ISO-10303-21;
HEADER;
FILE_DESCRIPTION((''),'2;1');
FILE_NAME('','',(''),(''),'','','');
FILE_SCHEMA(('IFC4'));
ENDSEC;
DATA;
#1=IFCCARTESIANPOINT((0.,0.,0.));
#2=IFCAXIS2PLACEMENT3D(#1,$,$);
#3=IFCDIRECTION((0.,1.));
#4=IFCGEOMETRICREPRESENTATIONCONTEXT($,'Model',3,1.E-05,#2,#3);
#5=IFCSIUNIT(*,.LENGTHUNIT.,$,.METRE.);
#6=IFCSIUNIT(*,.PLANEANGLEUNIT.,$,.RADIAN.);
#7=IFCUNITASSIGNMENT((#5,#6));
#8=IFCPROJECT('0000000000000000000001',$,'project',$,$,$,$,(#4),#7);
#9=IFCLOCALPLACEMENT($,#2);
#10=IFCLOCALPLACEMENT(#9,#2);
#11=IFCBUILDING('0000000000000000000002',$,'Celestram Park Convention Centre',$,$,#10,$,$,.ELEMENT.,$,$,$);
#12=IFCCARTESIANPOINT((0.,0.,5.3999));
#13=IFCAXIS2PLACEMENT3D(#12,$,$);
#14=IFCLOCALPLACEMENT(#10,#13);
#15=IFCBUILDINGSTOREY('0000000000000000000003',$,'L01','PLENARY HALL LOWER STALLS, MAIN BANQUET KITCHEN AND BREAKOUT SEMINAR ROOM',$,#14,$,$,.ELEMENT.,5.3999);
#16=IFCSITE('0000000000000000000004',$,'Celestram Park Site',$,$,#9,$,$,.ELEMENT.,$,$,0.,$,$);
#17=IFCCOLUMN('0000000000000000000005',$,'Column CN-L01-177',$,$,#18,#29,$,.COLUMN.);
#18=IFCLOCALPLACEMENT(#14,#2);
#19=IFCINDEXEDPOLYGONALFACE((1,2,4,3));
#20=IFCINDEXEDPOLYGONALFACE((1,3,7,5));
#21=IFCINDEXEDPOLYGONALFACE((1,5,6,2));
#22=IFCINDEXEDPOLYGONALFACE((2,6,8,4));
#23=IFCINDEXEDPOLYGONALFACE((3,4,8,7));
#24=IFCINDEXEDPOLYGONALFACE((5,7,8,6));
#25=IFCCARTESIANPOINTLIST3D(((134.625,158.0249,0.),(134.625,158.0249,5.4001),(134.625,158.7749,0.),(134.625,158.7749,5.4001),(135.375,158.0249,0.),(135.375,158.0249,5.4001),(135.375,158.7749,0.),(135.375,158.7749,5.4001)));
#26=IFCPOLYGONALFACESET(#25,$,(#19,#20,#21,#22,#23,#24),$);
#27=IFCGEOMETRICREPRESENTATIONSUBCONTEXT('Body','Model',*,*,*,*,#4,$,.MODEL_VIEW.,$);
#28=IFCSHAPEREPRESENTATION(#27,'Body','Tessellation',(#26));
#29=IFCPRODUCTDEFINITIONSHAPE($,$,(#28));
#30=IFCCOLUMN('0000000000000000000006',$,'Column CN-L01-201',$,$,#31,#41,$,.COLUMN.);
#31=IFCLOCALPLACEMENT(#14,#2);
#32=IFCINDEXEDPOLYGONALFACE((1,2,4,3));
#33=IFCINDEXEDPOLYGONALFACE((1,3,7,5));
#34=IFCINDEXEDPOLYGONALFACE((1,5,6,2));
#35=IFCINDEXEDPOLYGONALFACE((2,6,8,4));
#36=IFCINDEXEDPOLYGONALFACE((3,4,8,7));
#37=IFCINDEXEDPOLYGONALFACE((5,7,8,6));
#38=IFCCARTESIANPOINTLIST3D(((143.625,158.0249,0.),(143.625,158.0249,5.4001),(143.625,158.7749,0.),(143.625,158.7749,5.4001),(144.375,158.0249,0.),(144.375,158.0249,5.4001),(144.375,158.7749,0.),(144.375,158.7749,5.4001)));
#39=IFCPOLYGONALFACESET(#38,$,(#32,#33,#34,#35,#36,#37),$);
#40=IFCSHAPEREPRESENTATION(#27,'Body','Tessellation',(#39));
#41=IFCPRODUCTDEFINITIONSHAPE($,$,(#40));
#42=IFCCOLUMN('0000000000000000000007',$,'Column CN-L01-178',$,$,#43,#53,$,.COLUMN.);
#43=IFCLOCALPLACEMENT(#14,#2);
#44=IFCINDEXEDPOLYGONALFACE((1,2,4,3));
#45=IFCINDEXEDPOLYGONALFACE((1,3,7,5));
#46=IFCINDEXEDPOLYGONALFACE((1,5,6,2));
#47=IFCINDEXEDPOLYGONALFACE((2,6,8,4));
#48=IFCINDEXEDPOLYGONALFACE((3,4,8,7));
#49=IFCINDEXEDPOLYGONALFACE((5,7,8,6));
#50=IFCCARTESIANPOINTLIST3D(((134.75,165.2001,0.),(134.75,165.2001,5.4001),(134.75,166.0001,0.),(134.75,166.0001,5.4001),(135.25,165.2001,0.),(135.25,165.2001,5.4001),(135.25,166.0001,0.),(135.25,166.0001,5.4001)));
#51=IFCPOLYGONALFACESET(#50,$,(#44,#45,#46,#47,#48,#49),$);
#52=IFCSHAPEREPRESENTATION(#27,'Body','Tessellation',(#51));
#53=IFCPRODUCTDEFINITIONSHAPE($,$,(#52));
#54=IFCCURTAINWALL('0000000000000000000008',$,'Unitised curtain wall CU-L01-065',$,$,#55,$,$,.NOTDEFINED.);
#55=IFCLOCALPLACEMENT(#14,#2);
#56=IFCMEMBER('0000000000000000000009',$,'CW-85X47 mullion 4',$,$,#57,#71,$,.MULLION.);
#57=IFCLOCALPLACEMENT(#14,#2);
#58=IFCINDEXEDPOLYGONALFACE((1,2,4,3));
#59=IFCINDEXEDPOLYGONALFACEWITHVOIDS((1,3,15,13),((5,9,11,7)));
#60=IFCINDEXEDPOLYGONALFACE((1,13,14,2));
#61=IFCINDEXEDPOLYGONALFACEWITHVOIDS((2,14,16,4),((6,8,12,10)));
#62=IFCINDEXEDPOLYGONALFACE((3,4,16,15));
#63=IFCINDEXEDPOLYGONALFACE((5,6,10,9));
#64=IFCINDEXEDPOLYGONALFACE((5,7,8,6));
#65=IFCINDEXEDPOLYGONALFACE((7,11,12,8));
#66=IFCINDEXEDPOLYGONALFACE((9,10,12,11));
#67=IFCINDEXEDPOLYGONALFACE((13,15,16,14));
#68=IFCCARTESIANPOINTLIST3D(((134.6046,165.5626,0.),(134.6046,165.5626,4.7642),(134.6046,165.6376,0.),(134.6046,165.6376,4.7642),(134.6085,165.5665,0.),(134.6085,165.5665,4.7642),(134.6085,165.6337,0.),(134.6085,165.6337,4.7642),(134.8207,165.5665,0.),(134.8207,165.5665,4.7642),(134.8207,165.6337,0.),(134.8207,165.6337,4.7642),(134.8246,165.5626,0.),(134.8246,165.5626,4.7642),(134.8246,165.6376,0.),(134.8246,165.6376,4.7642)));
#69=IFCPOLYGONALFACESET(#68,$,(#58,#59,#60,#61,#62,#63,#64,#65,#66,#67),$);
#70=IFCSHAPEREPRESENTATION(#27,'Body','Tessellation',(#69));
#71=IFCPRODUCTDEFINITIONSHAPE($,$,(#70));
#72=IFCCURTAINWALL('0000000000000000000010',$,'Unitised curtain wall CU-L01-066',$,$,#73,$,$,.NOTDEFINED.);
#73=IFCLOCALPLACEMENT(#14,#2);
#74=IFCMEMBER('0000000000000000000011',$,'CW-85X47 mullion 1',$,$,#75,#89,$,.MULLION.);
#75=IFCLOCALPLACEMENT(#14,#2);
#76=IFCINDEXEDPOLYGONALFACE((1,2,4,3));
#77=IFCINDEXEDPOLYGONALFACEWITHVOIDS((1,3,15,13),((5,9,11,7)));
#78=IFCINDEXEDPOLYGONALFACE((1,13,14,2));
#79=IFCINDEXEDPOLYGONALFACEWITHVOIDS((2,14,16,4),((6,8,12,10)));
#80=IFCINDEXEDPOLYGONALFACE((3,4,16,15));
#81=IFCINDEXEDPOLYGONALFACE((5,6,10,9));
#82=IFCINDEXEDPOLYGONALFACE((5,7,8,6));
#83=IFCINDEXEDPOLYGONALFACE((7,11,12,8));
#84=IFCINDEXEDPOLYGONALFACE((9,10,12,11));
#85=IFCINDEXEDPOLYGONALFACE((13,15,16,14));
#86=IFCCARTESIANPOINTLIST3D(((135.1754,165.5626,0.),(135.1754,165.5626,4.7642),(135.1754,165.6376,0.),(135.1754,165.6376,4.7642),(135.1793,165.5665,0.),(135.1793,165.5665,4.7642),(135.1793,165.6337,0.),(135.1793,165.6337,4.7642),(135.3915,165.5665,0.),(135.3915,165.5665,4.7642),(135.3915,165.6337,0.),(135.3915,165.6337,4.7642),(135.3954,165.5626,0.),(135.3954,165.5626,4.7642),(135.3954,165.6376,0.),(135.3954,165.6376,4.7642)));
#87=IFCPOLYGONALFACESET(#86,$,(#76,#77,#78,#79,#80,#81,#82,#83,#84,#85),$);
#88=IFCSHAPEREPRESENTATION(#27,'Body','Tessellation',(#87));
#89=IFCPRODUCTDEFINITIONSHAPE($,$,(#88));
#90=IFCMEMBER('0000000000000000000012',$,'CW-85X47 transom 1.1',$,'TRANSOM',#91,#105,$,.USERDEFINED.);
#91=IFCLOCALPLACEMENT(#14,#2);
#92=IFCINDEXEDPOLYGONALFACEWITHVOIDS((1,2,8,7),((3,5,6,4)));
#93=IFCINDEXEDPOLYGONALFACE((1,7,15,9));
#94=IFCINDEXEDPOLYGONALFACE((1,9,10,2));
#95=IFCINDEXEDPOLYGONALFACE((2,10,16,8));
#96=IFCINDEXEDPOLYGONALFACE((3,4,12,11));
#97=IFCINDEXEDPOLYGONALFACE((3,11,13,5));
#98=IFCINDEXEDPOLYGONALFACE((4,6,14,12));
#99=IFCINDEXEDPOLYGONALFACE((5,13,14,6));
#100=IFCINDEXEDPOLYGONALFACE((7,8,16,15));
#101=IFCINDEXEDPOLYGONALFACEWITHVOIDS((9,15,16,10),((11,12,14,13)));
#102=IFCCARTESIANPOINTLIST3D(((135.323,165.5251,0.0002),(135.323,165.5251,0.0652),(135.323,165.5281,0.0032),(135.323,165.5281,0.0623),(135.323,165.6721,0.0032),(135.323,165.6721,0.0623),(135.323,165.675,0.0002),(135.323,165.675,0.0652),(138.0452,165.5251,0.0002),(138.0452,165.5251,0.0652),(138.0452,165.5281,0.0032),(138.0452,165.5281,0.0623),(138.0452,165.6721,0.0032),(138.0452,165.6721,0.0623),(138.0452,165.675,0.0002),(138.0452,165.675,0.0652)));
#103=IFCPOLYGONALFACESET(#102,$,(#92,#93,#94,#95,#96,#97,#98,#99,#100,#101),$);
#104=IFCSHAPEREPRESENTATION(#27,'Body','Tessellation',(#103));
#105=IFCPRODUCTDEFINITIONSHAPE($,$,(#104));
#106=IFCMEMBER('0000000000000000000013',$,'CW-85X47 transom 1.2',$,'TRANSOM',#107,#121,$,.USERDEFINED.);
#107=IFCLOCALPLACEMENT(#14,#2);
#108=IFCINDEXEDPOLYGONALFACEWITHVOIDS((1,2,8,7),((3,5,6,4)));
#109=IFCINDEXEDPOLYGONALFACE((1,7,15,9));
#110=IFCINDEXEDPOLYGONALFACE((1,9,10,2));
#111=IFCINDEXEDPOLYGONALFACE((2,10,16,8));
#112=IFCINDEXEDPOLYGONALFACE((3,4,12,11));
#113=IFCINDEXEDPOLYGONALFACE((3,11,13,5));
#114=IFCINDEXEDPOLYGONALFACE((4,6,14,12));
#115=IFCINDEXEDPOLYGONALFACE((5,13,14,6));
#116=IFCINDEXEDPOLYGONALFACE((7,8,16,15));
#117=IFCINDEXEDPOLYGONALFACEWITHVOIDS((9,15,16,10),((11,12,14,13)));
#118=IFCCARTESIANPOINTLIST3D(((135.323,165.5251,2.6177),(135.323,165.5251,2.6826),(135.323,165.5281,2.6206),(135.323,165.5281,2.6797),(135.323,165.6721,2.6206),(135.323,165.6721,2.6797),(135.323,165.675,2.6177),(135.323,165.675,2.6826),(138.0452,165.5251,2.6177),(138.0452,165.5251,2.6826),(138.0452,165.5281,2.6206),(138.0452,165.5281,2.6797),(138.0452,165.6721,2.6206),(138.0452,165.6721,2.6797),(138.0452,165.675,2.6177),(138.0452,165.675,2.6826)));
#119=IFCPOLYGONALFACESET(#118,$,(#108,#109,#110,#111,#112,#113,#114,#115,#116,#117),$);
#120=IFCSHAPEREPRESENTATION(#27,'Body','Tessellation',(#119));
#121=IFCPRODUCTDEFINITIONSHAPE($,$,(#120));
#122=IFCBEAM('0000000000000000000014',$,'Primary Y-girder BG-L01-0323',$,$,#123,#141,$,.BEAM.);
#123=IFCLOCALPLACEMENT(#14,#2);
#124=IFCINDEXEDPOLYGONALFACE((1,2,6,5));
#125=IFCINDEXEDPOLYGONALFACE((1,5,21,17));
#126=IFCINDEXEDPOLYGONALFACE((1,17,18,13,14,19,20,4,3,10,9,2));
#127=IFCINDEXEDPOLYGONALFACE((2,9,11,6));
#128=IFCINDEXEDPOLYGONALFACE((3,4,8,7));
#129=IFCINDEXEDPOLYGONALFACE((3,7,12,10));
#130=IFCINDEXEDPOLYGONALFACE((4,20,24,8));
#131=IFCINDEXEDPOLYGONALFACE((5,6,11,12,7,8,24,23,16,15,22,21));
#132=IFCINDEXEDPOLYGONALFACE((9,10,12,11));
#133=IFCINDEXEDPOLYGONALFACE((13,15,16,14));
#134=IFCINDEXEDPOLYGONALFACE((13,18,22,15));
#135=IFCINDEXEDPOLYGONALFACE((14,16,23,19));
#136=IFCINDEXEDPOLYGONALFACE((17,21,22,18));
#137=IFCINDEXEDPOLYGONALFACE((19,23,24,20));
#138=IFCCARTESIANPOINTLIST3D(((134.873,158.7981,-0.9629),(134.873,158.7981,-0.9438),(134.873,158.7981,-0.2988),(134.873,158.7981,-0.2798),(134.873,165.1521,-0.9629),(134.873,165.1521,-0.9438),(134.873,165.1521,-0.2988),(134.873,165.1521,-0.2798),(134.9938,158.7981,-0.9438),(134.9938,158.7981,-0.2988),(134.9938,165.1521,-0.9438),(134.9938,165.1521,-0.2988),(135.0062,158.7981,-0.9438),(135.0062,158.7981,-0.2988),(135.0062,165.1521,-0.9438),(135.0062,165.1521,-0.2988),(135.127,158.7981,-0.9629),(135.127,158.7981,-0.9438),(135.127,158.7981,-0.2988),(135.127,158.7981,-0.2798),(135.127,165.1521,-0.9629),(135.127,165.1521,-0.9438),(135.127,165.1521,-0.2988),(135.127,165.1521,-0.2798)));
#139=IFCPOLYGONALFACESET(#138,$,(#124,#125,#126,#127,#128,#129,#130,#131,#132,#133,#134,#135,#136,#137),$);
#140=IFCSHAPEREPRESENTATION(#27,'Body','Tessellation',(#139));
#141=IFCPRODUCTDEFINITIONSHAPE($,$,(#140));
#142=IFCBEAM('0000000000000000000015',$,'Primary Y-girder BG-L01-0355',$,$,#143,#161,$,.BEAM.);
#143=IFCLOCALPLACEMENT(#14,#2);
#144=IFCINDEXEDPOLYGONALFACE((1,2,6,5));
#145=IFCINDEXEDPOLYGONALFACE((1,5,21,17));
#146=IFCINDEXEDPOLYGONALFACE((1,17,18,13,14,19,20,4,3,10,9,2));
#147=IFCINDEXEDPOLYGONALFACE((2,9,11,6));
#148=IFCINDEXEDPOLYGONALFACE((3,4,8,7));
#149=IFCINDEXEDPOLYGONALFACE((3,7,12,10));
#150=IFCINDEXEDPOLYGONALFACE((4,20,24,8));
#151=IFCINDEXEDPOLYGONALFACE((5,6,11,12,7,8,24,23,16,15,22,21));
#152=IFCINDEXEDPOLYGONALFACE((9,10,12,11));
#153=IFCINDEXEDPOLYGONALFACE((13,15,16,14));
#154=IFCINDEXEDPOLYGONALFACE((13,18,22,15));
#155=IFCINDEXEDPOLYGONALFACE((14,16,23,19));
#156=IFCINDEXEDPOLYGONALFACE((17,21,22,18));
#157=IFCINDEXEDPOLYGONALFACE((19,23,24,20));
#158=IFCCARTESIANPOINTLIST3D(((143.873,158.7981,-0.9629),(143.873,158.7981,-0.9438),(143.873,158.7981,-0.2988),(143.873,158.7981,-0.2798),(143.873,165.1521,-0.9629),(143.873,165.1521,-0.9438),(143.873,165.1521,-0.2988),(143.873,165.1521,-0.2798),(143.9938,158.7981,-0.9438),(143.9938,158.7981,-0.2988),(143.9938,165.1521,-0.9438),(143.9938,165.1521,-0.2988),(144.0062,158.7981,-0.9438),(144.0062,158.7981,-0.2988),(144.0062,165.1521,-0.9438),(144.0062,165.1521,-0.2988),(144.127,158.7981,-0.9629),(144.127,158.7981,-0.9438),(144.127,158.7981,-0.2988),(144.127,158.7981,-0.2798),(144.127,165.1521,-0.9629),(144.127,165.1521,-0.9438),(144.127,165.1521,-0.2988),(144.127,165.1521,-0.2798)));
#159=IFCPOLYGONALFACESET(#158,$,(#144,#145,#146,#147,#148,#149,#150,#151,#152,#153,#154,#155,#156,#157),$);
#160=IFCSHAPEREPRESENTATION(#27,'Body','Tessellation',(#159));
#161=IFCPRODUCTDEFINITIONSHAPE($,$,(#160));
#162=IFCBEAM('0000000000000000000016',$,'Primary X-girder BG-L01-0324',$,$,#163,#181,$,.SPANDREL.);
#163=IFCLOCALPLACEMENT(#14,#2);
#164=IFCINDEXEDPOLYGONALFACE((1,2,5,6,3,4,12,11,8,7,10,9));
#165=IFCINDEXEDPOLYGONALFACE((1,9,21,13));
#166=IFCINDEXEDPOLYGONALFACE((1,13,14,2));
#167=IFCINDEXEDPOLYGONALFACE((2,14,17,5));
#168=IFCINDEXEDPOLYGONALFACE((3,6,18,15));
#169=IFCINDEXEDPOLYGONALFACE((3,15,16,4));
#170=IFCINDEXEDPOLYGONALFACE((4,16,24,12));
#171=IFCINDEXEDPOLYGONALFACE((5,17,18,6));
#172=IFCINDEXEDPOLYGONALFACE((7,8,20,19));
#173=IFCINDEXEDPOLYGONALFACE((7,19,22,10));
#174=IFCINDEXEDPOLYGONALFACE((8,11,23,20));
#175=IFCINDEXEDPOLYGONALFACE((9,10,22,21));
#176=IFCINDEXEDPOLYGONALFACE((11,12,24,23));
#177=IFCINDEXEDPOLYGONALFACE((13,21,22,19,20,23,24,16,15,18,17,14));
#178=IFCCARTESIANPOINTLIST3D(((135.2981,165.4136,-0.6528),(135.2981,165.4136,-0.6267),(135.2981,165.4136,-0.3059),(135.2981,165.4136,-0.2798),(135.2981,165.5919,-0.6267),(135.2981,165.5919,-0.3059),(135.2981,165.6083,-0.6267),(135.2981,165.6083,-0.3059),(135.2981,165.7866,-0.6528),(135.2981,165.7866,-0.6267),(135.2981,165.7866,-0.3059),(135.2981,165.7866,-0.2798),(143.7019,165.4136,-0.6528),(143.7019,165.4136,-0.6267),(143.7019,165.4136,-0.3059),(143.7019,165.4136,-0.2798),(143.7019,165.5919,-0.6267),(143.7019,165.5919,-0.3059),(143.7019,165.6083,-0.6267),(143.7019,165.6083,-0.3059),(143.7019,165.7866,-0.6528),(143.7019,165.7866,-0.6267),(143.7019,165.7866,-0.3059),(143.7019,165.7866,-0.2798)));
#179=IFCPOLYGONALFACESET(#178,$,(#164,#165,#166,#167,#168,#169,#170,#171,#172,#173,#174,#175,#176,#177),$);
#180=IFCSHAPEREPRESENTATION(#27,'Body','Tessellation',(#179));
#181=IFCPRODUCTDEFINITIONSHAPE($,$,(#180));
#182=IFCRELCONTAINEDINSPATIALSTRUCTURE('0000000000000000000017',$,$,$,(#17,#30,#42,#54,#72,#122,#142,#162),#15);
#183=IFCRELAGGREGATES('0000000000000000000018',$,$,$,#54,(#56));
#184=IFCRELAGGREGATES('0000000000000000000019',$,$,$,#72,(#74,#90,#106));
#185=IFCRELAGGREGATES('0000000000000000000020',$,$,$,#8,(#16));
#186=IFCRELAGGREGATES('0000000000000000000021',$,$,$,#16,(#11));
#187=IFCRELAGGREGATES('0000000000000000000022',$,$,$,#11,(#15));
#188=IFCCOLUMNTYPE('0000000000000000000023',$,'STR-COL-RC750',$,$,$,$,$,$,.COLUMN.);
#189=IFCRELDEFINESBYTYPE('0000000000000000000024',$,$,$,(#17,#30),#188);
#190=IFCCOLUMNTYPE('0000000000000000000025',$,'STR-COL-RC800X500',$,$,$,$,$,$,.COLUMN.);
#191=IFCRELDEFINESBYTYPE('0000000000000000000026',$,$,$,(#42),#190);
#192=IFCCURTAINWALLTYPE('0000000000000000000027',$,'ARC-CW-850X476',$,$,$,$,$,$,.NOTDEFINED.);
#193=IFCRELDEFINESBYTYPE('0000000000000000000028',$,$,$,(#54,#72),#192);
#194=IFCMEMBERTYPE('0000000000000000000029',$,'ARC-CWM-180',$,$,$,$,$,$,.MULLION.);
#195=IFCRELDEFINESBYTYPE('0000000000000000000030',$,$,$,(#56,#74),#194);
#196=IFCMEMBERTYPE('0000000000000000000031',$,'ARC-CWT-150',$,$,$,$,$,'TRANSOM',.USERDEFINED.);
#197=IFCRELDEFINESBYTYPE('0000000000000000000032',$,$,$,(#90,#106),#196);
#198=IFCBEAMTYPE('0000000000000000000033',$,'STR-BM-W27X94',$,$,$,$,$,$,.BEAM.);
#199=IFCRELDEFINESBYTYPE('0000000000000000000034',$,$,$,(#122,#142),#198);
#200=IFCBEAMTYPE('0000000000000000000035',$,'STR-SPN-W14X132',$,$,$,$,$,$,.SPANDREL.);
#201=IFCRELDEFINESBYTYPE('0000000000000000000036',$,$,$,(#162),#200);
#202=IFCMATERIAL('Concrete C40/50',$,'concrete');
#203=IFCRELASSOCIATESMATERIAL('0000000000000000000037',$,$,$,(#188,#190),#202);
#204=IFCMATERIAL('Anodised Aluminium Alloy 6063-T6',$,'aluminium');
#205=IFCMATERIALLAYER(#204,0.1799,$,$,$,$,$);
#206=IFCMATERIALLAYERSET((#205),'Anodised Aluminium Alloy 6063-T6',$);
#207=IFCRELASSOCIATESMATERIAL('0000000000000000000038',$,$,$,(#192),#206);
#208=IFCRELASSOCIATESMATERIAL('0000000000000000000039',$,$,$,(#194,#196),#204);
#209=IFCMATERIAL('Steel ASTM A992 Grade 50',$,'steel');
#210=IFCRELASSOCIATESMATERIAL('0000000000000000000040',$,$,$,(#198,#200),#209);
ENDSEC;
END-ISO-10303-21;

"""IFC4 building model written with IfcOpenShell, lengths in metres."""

from ifc_helpers import new_model, si_unit, direction, frame, origin, origin_2d, place, context, subcontext, project, spatial, rectangle, hollow_rectangle, i_section, extrude, material, layer, layer_set, material_profile, profile_set, type_object, element, aggregate, save


model = new_model("IFC4")

# Units and contexts
model_context = context("Model", 3, precision=1e-05, world=origin(), true_north=direction((0.0, 1.0)))
body_context = subcontext(model_context, "Body", "Model", "MODEL_VIEW")
ifc_project = project(units=[si_unit("LENGTHUNIT", "METRE"), si_unit("PLANEANGLEUNIT", "RADIAN")], contexts=[model_context])

# Site, building, storey
site_placement = place(None, origin())
site = spatial("IfcSite", under=ifc_project, at=site_placement, Name="Celestram Park Site", CompositionType="ELEMENT", RefElevation=0.0)
building_placement = place(site_placement, origin())
building = spatial("IfcBuilding", under=site, at=building_placement, Name="Celestram Park Convention Centre", CompositionType="ELEMENT")
storey_placement = place(building_placement, frame((0.0, 0.0, 5.3999)))
storey = spatial("IfcBuildingStorey", under=building, at=storey_placement, Name="L01", Description="PLENARY HALL LOWER STALLS, MAIN BANQUET KITCHEN AND BREAKOUT SEMINAR ROOM", CompositionType="ELEMENT", Elevation=5.3999)

# Columns
ifc_material_1 = material(Name="Concrete C40/50", Category="concrete")
ifc_material_profile_1 = material_profile(ifc_material_1, rectangle(XDim=0.75, YDim=0.75, at=origin_2d()), Name="RC750X750")
ifc_profile_set_1 = profile_set([ifc_material_profile_1], Name="Concrete C40/50")
column_type_1 = type_object("IfcColumnType", Name="STR-COL-RC750", PredefinedType="COLUMN", material=ifc_profile_set_1)
for number, where, z_axis, x_axis, name in (
    (1, (135.0, 158.3999, 0.0), (0.0, 0.0, 1.0), (1.0, 0.0, 0.0), "Column CN-L01-177"),
    (2, (144.0, 158.3999, 0.0), (0.0, 0.0, 1.0), (1.0, 0.0, 0.0), "Column CN-L01-201"),
):
    element("IfcColumn", number, at=place(storey_placement, frame(where, z_axis=z_axis, x_axis=x_axis)), inside=storey, type_object=column_type_1, Name=name, PredefinedType="COLUMN", context=body_context, shape_type="SweptSolid", body=[
        extrude(rectangle(XDim=0.75, YDim=0.75, at=origin_2d()), origin(), (0.0, 0.0, 1.0), 5.4001),
    ])
ifc_material_profile_2 = material_profile(ifc_material_1, rectangle(XDim=0.5, YDim=0.8, at=origin_2d()), Name="RC800X500")
ifc_profile_set_2 = profile_set([ifc_material_profile_2], Name="Concrete C40/50")
column_type_2 = type_object("IfcColumnType", Name="STR-COL-RC800X500", PredefinedType="COLUMN", material=ifc_profile_set_2)
column_placement = place(storey_placement, frame((135.0, 165.6001, 0.0), z_axis=(0.0, 0.0, 1.0), x_axis=(1.0, 0.0, 0.0)))
element("IfcColumn", 3, at=column_placement, inside=storey, type_object=column_type_2, Name="Column CN-L01-178", PredefinedType="COLUMN", context=body_context, shape_type="SweptSolid", body=[
    extrude(rectangle(XDim=0.5, YDim=0.8, at=origin_2d()), origin(), (0.0, 0.0, 1.0), 5.4001),
])

# Curtain wall, member
ifc_material_2 = material(Name="Anodised Aluminium Alloy 6063-T6", Category="aluminium")
ifc_layer_1 = layer(ifc_material_2, 0.1799)
ifc_layer_set_1 = layer_set([ifc_layer_1], Name="Anodised Aluminium Alloy 6063-T6")
curtain_wall_type = type_object("IfcCurtainWallType", Name="ARC-CW-850X476", PredefinedType="NOTDEFINED", material=ifc_layer_set_1)
curtain_wall_1_placement = place(storey_placement, origin())
curtain_wall_1 = element("IfcCurtainWall", 4, at=curtain_wall_1_placement, inside=storey, type_object=curtain_wall_type, Name="Unitised curtain wall CU-L01-065", PredefinedType="NOTDEFINED")
ifc_material_profile_3 = material_profile(ifc_material_2, hollow_rectangle(XDim=0.075, YDim=0.22, WallThickness=0.0039, at=origin_2d()), Name="ALU75X220X4")
ifc_profile_set_3 = profile_set([ifc_material_profile_3], Name="Anodised Aluminium Alloy 6063-T6")
member_type_1 = type_object("IfcMemberType", Name="ARC-CWM-180", PredefinedType="MULLION", material=ifc_profile_set_3)
member_1_placement = place(storey_placement, frame((134.7146, 165.6001, 0.0), z_axis=(0.0, 0.0, 1.0), x_axis=(0.0, 1.0, 0.0)))
member_1 = element("IfcMember", 5, at=member_1_placement, type_object=member_type_1, Name="CW-85X47 mullion 4", PredefinedType="MULLION", context=body_context, shape_type="SweptSolid", body=[
    extrude(hollow_rectangle(XDim=0.075, YDim=0.22, WallThickness=0.0039, at=origin_2d()), origin(), (0.0, 0.0, 1.0), 4.7642),
])
aggregate(curtain_wall_1, [member_1])

# Curtain wall, members
curtain_wall_2_placement = place(storey_placement, origin())
curtain_wall_2 = element("IfcCurtainWall", 6, at=curtain_wall_2_placement, inside=storey, type_object=curtain_wall_type, Name="Unitised curtain wall CU-L01-066", PredefinedType="NOTDEFINED")
member_2_placement = place(storey_placement, frame((135.2854, 165.6001, 0.0), z_axis=(0.0, 0.0, 1.0), x_axis=(0.0, 1.0, 0.0)))
member_2 = element("IfcMember", 7, at=member_2_placement, type_object=member_type_1, Name="CW-85X47 mullion 1", PredefinedType="MULLION", context=body_context, shape_type="SweptSolid", body=[
    extrude(hollow_rectangle(XDim=0.075, YDim=0.22, WallThickness=0.0039, at=origin_2d()), origin(), (0.0, 0.0, 1.0), 4.7642),
])
ifc_material_profile_4 = material_profile(ifc_material_2, hollow_rectangle(XDim=0.1499, YDim=0.0649, WallThickness=0.0029, at=origin_2d()), Name="ALU150X65X3")
ifc_profile_set_4 = profile_set([ifc_material_profile_4], Name="Anodised Aluminium Alloy 6063-T6")
member_type_2 = type_object("IfcMemberType", Name="ARC-CWT-150", ElementType="TRANSOM", PredefinedType="USERDEFINED", material=ifc_profile_set_4)
member_3_placement = place(storey_placement, frame((135.323, 165.6001, 0.0327), z_axis=(1.0, 0.0, 0.0), x_axis=(0.0, 1.0, 0.0)))
member_3 = element("IfcMember", 8, at=member_3_placement, type_object=member_type_2, Name="CW-85X47 transom 1.1", ObjectType="TRANSOM", PredefinedType="USERDEFINED", context=body_context, shape_type="SweptSolid", body=[
    extrude(hollow_rectangle(XDim=0.1499, YDim=0.0649, WallThickness=0.0029, at=origin_2d()), origin(), (0.0, 0.0, 1.0), 2.7222),
])
member_4_placement = place(storey_placement, frame((135.323, 165.6001, 2.6501), z_axis=(1.0, 0.0, 0.0), x_axis=(0.0, 1.0, 0.0)))
member_4 = element("IfcMember", 9, at=member_4_placement, type_object=member_type_2, Name="CW-85X47 transom 1.2", ObjectType="TRANSOM", PredefinedType="USERDEFINED", context=body_context, shape_type="SweptSolid", body=[
    extrude(hollow_rectangle(XDim=0.1499, YDim=0.0649, WallThickness=0.0029, at=origin_2d()), origin(), (0.0, 0.0, 1.0), 2.7222),
])
aggregate(curtain_wall_2, [member_2, member_3, member_4])

# Beams
ifc_material_3 = material(Name="Steel ASTM A992 Grade 50", Category="steel")
ifc_material_profile_5 = material_profile(ifc_material_3, i_section(OverallWidth=0.2539, OverallDepth=0.6831, WebThickness=0.0125, FlangeThickness=0.019, at=origin_2d()), Name="W27X94")
ifc_profile_set_5 = profile_set([ifc_material_profile_5], Name="Steel ASTM A992 Grade 50")
beam_type_1 = type_object("IfcBeamType", Name="STR-BM-W27X94", PredefinedType="BEAM", material=ifc_profile_set_5)
for number, where, z_axis, x_axis, name in (
    (10, (135.0, 158.7981, -0.6213), (0.0, 1.0, 0.0), (-1.0, 0.0, 0.0), "Primary Y-girder BG-L01-0323"),
    (11, (144.0, 158.7981, -0.6213), (0.0, 1.0, 0.0), (-1.0, 0.0, 0.0), "Primary Y-girder BG-L01-0355"),
):
    element("IfcBeam", number, at=place(storey_placement, frame(where, z_axis=z_axis, x_axis=x_axis)), inside=storey, type_object=beam_type_1, Name=name, PredefinedType="BEAM", context=body_context, shape_type="SweptSolid", body=[
        extrude(i_section(OverallWidth=0.2539, OverallDepth=0.6831, WebThickness=0.0125, FlangeThickness=0.019, at=origin_2d()), origin(), (0.0, 0.0, 1.0), 6.354),
    ])
ifc_material_profile_6 = material_profile(ifc_material_3, i_section(OverallWidth=0.373, OverallDepth=0.373, WebThickness=0.0164, FlangeThickness=0.0261, at=origin_2d()), Name="W14X132")
ifc_profile_set_6 = profile_set([ifc_material_profile_6], Name="Steel ASTM A992 Grade 50")
beam_type_2 = type_object("IfcBeamType", Name="STR-SPN-W14X132", PredefinedType="SPANDREL", material=ifc_profile_set_6)
beam_placement = place(storey_placement, frame((135.2981, 165.6001, -0.4663), z_axis=(1.0, 0.0, 0.0), x_axis=(0.0, 1.0, 0.0)))
element("IfcBeam", 12, at=beam_placement, inside=storey, type_object=beam_type_2, Name="Primary X-girder BG-L01-0324", PredefinedType="SPANDREL", context=body_context, shape_type="SweptSolid", body=[
    extrude(i_section(OverallWidth=0.373, OverallDepth=0.373, WebThickness=0.0164, FlangeThickness=0.0261, at=origin_2d()), origin(), (0.0, 0.0, 1.0), 8.4038),
])

save(model, "model.ifc")
